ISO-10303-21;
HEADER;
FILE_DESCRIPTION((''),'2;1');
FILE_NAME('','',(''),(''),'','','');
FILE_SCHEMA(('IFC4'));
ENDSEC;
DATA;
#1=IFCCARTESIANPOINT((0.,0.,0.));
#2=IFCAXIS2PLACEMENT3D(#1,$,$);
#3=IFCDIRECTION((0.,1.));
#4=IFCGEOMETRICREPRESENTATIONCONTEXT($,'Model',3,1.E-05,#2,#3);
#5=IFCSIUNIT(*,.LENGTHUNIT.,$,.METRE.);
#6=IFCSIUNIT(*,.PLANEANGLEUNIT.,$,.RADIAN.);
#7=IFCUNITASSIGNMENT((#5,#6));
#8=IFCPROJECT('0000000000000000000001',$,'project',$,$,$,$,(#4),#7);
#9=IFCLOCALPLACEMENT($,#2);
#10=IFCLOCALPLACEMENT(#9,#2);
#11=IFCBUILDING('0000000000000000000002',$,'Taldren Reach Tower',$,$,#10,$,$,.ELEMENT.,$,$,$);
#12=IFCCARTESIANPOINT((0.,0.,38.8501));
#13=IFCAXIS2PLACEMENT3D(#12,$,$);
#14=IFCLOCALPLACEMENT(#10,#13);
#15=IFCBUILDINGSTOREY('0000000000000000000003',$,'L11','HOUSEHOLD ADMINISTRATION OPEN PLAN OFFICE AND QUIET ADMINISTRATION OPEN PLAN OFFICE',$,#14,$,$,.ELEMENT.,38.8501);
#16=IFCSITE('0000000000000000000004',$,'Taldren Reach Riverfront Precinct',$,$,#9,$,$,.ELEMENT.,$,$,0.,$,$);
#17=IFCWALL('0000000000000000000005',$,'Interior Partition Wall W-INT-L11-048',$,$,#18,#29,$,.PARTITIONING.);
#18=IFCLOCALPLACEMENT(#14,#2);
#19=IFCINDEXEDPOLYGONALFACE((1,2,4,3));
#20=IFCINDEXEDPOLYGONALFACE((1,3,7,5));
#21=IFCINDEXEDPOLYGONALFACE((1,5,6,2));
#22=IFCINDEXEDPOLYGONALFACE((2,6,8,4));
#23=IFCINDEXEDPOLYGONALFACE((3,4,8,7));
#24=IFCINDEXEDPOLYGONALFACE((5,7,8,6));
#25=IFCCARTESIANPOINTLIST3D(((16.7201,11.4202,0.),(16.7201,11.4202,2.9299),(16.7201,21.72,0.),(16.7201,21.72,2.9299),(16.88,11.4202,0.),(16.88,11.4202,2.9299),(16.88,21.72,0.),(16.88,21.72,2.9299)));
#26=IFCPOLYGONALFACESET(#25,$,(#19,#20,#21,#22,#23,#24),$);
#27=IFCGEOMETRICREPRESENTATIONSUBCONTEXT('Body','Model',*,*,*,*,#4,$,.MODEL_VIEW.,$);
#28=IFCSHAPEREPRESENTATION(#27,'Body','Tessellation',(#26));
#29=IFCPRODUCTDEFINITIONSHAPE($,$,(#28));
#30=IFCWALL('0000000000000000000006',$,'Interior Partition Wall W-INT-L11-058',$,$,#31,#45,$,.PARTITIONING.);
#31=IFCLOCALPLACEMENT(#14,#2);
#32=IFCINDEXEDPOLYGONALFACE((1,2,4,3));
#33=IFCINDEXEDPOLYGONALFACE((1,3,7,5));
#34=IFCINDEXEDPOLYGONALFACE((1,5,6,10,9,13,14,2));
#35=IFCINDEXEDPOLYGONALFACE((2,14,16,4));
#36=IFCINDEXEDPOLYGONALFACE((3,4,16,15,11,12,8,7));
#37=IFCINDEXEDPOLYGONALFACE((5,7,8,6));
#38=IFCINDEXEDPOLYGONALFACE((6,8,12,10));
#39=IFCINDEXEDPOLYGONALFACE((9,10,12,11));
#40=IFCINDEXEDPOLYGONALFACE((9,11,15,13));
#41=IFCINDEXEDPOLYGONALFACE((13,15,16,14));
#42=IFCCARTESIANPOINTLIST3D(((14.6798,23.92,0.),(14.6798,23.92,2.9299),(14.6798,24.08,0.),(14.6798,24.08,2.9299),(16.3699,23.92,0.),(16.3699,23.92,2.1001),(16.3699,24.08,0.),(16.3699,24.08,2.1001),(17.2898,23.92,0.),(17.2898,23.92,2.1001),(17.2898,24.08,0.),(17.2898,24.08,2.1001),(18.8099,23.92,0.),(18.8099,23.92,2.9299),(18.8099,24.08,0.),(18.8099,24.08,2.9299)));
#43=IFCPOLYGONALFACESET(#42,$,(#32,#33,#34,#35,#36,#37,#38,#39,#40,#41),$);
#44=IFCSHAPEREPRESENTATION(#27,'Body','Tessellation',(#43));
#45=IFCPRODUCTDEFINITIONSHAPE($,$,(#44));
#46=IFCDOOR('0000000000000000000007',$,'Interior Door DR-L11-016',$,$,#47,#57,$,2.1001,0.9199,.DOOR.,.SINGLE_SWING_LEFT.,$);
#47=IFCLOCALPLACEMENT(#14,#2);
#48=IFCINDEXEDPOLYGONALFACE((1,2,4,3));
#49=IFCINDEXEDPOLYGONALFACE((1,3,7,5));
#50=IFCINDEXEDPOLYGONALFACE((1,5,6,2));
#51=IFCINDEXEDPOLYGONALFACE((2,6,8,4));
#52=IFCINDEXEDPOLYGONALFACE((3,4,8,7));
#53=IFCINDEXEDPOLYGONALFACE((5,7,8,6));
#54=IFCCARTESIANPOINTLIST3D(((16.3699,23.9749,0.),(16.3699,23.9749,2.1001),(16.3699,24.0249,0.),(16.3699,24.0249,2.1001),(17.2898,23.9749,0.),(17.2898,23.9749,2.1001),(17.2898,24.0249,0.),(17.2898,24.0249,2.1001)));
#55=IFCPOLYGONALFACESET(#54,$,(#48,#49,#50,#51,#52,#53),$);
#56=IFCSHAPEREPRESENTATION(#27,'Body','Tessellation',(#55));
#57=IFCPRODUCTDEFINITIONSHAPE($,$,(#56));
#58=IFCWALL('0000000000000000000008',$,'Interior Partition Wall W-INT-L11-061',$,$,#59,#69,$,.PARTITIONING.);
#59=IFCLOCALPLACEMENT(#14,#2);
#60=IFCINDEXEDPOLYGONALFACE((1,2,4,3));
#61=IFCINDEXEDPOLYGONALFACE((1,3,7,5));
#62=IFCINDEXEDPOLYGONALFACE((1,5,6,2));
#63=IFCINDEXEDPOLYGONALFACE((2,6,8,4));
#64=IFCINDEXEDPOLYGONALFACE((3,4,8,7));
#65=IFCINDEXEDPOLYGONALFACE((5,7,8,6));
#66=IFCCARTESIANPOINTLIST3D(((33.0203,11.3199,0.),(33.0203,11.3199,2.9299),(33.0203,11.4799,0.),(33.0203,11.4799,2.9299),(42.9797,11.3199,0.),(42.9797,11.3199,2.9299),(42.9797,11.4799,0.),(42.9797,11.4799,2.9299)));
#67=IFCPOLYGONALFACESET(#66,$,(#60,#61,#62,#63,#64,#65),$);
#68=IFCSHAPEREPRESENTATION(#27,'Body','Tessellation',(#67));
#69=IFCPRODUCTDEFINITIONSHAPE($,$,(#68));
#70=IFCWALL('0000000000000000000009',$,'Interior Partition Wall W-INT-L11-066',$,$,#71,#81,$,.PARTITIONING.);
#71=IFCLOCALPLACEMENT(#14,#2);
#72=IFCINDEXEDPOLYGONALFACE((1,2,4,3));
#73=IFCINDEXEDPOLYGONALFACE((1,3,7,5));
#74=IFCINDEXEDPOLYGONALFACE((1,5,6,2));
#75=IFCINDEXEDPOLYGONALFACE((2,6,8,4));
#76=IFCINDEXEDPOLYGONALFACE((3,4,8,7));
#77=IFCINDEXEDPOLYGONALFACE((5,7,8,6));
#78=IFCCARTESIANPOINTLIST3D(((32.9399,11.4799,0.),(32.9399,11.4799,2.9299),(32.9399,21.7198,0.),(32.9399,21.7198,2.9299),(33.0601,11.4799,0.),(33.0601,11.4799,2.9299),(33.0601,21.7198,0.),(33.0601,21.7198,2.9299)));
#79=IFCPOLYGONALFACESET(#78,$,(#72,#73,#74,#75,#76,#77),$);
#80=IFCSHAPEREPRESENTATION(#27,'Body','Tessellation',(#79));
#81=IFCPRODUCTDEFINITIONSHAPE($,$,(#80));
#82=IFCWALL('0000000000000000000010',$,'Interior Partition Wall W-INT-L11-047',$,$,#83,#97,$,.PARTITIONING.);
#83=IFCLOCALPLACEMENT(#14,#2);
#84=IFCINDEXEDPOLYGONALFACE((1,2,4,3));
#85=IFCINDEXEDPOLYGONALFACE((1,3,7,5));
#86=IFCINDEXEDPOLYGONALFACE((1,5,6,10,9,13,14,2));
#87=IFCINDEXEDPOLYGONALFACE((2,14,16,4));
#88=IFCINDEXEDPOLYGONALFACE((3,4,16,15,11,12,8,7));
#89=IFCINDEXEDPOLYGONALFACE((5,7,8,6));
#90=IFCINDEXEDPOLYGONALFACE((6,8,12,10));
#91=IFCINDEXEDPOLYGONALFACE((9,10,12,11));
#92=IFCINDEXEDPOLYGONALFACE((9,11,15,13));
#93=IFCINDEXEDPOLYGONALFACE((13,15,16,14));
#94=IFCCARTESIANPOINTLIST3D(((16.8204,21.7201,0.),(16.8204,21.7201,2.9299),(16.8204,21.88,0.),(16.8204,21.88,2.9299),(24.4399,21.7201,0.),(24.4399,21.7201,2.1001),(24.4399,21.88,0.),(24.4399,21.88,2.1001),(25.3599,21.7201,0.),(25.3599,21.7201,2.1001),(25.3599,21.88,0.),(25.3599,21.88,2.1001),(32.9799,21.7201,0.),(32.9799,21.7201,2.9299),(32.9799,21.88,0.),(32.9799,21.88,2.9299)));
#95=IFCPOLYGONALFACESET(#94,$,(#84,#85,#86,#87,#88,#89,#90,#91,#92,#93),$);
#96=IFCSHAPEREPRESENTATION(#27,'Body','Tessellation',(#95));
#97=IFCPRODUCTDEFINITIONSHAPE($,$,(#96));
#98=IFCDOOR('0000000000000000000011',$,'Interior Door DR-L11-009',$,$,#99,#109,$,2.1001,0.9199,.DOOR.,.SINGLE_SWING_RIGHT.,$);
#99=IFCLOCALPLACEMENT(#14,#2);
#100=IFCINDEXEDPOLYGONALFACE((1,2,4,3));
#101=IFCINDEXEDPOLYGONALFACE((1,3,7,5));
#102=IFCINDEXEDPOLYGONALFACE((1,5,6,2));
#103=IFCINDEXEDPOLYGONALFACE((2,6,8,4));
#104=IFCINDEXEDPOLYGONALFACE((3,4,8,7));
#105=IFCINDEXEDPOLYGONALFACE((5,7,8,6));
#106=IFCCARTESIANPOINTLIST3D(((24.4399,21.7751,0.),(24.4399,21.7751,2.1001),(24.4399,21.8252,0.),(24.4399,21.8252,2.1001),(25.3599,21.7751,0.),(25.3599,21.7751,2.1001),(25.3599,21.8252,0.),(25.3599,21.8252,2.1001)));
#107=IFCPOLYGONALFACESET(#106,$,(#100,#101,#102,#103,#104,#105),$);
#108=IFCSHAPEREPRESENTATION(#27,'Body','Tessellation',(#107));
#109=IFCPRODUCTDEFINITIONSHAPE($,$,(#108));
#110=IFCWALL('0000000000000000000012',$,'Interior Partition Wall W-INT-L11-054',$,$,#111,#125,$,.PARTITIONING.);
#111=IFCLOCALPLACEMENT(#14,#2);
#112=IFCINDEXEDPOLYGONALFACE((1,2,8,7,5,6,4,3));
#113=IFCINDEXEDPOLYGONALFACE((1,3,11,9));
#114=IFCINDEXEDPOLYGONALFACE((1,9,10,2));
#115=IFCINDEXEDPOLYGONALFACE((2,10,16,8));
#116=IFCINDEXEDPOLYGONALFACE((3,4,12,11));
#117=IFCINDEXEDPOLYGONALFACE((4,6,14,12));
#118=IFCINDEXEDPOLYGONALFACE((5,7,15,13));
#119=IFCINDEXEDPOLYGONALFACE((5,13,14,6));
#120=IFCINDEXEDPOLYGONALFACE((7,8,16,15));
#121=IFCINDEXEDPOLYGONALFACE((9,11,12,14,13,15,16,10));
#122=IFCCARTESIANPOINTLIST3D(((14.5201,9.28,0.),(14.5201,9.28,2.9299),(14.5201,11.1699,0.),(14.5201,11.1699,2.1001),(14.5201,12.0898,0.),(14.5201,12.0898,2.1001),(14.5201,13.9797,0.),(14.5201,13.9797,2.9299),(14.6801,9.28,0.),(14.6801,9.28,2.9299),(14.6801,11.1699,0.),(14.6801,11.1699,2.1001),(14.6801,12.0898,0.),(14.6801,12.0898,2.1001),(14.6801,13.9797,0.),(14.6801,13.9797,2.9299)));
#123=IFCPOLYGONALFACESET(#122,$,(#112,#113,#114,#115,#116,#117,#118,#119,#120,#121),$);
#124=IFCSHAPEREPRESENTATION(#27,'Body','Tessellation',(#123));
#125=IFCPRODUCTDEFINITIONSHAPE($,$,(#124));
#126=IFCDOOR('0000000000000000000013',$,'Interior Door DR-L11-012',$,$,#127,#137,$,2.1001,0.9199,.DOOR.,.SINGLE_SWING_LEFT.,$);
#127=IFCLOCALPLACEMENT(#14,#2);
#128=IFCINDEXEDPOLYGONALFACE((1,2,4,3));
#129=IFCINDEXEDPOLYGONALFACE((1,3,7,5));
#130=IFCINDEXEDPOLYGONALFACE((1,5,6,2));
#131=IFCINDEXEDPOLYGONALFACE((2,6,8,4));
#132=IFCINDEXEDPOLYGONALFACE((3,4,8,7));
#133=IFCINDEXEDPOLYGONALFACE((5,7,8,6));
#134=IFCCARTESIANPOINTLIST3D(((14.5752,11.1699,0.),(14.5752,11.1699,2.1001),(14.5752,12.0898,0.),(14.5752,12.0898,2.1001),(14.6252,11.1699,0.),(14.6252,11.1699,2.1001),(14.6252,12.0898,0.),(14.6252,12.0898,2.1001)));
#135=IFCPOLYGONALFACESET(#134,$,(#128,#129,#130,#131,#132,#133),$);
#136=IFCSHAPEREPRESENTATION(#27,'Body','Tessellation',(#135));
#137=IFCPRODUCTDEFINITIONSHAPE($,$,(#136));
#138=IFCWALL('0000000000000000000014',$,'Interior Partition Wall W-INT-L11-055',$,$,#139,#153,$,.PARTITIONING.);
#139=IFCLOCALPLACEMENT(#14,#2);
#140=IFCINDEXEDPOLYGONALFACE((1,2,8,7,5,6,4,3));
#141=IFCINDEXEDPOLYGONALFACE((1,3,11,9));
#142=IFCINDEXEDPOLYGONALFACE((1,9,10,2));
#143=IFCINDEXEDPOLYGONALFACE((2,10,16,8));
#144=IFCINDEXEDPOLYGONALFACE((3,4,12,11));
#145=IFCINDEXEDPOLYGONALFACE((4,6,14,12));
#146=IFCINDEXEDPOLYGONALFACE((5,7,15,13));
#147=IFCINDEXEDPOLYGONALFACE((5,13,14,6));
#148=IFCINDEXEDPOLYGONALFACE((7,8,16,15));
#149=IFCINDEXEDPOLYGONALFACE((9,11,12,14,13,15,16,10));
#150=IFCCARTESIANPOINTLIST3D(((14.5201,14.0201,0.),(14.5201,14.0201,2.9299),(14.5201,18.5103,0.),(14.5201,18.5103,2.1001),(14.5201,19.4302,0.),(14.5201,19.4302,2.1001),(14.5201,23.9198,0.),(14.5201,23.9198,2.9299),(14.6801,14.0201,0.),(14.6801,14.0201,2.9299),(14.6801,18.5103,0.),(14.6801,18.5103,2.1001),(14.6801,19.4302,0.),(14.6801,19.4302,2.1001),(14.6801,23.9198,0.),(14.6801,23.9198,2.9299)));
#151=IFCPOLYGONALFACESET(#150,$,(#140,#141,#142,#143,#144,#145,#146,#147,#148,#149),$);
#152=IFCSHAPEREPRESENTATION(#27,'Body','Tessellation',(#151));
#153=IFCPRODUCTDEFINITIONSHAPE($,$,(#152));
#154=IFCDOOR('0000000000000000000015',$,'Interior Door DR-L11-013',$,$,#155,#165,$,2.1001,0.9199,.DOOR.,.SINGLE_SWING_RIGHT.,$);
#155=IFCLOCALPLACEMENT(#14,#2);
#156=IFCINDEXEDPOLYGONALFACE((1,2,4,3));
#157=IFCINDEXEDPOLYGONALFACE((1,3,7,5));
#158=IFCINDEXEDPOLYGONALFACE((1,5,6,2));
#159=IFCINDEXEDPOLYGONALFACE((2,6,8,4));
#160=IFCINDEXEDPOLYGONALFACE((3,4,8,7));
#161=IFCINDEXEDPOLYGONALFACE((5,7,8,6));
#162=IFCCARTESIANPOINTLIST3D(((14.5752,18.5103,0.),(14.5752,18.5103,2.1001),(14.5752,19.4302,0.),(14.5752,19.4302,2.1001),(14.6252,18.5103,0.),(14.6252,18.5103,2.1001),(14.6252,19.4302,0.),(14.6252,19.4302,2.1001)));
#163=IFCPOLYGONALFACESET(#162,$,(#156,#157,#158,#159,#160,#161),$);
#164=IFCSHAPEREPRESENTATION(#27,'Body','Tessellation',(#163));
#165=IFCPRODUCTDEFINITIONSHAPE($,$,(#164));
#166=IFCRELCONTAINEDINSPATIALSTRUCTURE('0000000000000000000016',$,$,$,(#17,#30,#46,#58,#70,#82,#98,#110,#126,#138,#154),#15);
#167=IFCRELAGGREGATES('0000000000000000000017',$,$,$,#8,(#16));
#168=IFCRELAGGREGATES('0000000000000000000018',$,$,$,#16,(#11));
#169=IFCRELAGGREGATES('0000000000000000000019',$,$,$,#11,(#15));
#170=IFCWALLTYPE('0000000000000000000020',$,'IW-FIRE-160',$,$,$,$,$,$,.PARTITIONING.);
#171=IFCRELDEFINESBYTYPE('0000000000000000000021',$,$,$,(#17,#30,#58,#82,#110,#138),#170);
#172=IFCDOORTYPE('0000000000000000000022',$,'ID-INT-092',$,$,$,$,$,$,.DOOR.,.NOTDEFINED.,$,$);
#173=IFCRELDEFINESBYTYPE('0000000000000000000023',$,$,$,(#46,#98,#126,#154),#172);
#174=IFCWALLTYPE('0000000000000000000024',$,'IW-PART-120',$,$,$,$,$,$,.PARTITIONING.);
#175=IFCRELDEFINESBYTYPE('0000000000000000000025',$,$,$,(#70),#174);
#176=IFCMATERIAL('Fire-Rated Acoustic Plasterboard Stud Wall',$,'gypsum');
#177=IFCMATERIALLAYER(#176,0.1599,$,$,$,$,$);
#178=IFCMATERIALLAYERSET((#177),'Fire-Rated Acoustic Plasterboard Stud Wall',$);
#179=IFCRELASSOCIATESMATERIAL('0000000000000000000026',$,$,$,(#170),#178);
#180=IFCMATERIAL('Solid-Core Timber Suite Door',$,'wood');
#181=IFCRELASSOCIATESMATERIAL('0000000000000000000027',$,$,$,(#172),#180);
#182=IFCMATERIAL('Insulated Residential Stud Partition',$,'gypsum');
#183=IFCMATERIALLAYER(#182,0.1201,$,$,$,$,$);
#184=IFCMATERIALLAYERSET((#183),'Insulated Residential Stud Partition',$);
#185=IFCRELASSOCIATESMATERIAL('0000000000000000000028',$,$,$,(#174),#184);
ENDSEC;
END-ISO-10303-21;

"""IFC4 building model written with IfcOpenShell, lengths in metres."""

from ifc_helpers import new_model, si_unit, direction, frame, frame_2d, origin, place, context, subcontext, project, spatial, rectangle, extrude, source, transform, mapped, material, layer, layer_set, type_object, element, fill, save


model = new_model("IFC4")

# Units and contexts
model_context = context("Model", 3, precision=1e-05, world=origin(), true_north=direction((0.0, 1.0)))
body_context = subcontext(model_context, "Body", "Model", "MODEL_VIEW")
ifc_project = project(units=[si_unit("LENGTHUNIT", "METRE"), si_unit("PLANEANGLEUNIT", "RADIAN")], contexts=[model_context])

# Site, building, storey
site_placement = place(None, origin())
site = spatial("IfcSite", under=ifc_project, at=site_placement, Name="Taldren Reach Riverfront Precinct", CompositionType="ELEMENT", RefElevation=0.0)
building_placement = place(site_placement, origin())
building = spatial("IfcBuilding", under=site, at=building_placement, Name="Taldren Reach Tower", CompositionType="ELEMENT")
storey_placement = place(building_placement, frame((0.0, 0.0, 38.8501)))
storey = spatial("IfcBuildingStorey", under=building, at=storey_placement, Name="L11", Description="HOUSEHOLD ADMINISTRATION OPEN PLAN OFFICE AND QUIET ADMINISTRATION OPEN PLAN OFFICE", CompositionType="ELEMENT", Elevation=38.8501)

# Wall
ifc_material_1 = material(Name="Fire-Rated Acoustic Plasterboard Stud Wall", Category="gypsum")
ifc_layer_1 = layer(ifc_material_1, 0.1599)
ifc_layer_set_1 = layer_set([ifc_layer_1], Name="Fire-Rated Acoustic Plasterboard Stud Wall")
wall_type_1 = type_object("IfcWallType", Name="IW-FIRE-160", PredefinedType="PARTITIONING", material=ifc_layer_set_1)
shared_shape_1 = source(origin(), body_context, "Body", "SweptSolid", [
    extrude(rectangle(XDim=10.2998, YDim=0.1599, at=frame_2d((5.1499, 0.0))), origin(), (0.0, 0.0, 1.0), 2.9299),
])
wall_1_placement = place(storey_placement, frame((16.8, 21.72, 0.0), z_axis=(0.0, 0.0, 1.0), x_axis=(0.0, -1.0, 0.0)))
element("IfcWall", 1, at=wall_1_placement, inside=storey, type_object=wall_type_1, Name="Interior Partition Wall W-INT-L11-048", PredefinedType="PARTITIONING", context=body_context, shape_type="MappedRepresentation", body=[
    mapped(shared_shape_1, transform((0.0, 0.0, 0.0), scale=1.0)),
])

# Wall, opening, door
shared_shape_2 = source(origin(), body_context, "Body", "SweptSolid", [
    extrude(rectangle(XDim=4.1301, YDim=0.1599, at=frame_2d((2.0649, 0.0))), origin(), (0.0, 0.0, 1.0), 2.9299),
])
wall_2_placement = place(storey_placement, frame((14.6799, 24.0, 0.0), z_axis=(0.0, 0.0, 1.0), x_axis=(1.0, 0.0, 0.0)))
wall_2 = element("IfcWall", 2, at=wall_2_placement, inside=storey, type_object=wall_type_1, Name="Interior Partition Wall W-INT-L11-058", PredefinedType="PARTITIONING", context=body_context, shape_type="MappedRepresentation", body=[
    mapped(shared_shape_2, transform((0.0, 0.0, 0.0), scale=1.0)),
])
shared_shape_3 = source(origin(), body_context, "Body", "SweptSolid", [
    extrude(rectangle(XDim=0.9199, YDim=2.1001, at=frame_2d((0.46, 1.05))), frame((0.0, 0.0898, 0.0), z_axis=(0.0, -1.0, 0.0), x_axis=(1.0, 0.0, 0.0)), (0.0, 0.0, 1.0), 0.1799),
])
opening_1_placement = place(wall_2_placement, frame((1.6899, 0.0, 0.0)))
opening_1 = element("IfcOpeningElement", 3, at=opening_1_placement, cuts=wall_2, PredefinedType="OPENING", context=body_context, shape_type="MappedRepresentation", body=[
    mapped(shared_shape_3, transform((0.0, 0.0, 0.0), scale=1.0)),
])
ifc_material_2 = material(Name="Solid-Core Timber Suite Door", Category="wood")
door_type = type_object("IfcDoorType", Name="ID-INT-092", OperationType="NOTDEFINED", PredefinedType="DOOR", material=ifc_material_2)
shared_shape_4 = source(origin(), body_context, "Body", "SweptSolid", [
    extrude(rectangle(XDim=0.9199, YDim=2.1001, at=frame_2d((0.46, 1.05))), frame((0.0, 0.0249, 0.0), z_axis=(0.0, -1.0, 0.0), x_axis=(1.0, 0.0, 0.0)), (0.0, 0.0, 1.0), 0.05),
])
door_1_placement = place(opening_1_placement, origin())
door_1 = element("IfcDoor", 4, at=door_1_placement, inside=storey, type_object=door_type, Name="Interior Door DR-L11-016", OperationType="SINGLE_SWING_LEFT", OverallHeight=2.1001, OverallWidth=0.9199, PredefinedType="DOOR", context=body_context, shape_type="MappedRepresentation", body=[
    mapped(shared_shape_4, transform((0.0, 0.0, 0.0), scale=1.0)),
])
fill(opening_1, door_1)

# Walls
shared_shape_5 = source(origin(), body_context, "Body", "SweptSolid", [
    extrude(rectangle(XDim=9.9595, YDim=0.1599, at=frame_2d((4.9797, 0.0))), origin(), (0.0, 0.0, 1.0), 2.9299),
])
wall_3_placement = place(storey_placement, frame((33.0203, 11.3999, 0.0), z_axis=(0.0, 0.0, 1.0), x_axis=(1.0, 0.0, 0.0)))
element("IfcWall", 5, at=wall_3_placement, inside=storey, type_object=wall_type_1, Name="Interior Partition Wall W-INT-L11-061", PredefinedType="PARTITIONING", context=body_context, shape_type="MappedRepresentation", body=[
    mapped(shared_shape_5, transform((0.0, 0.0, 0.0), scale=1.0)),
])
ifc_material_3 = material(Name="Insulated Residential Stud Partition", Category="gypsum")
ifc_layer_2 = layer(ifc_material_3, 0.1201)
ifc_layer_set_2 = layer_set([ifc_layer_2], Name="Insulated Residential Stud Partition")
wall_type_2 = type_object("IfcWallType", Name="IW-PART-120", PredefinedType="PARTITIONING", material=ifc_layer_set_2)
shared_shape_6 = source(origin(), body_context, "Body", "SweptSolid", [
    extrude(rectangle(XDim=10.24, YDim=0.1201, at=frame_2d((5.1201, 0.0))), origin(), (0.0, 0.0, 1.0), 2.9299),
])
wall_4_placement = place(storey_placement, frame((33.0, 21.72, 0.0), z_axis=(0.0, 0.0, 1.0), x_axis=(0.0, -1.0, 0.0)))
element("IfcWall", 6, at=wall_4_placement, inside=storey, type_object=wall_type_2, Name="Interior Partition Wall W-INT-L11-066", PredefinedType="PARTITIONING", context=body_context, shape_type="MappedRepresentation", body=[
    mapped(shared_shape_6, transform((0.0, 0.0, 0.0), scale=1.0)),
])

# Walls, openings, doors
shared_shape_7 = source(origin(), body_context, "Body", "SweptSolid", [
    extrude(rectangle(XDim=16.1594, YDim=0.1599, at=frame_2d((8.0796, 0.0))), origin(), (0.0, 0.0, 1.0), 2.9299),
])
wall_5_placement = place(storey_placement, frame((32.9797, 21.8, 0.0), z_axis=(0.0, 0.0, 1.0), x_axis=(-1.0, 0.0, 0.0)))
wall_5 = element("IfcWall", 7, at=wall_5_placement, inside=storey, type_object=wall_type_1, Name="Interior Partition Wall W-INT-L11-047", PredefinedType="PARTITIONING", context=body_context, shape_type="MappedRepresentation", body=[
    mapped(shared_shape_7, transform((0.0, 0.0, 0.0), scale=1.0)),
])
opening_2_placement = place(wall_5_placement, frame((7.6199, 0.0, 0.0)))
opening_2 = element("IfcOpeningElement", 8, at=opening_2_placement, cuts=wall_5, PredefinedType="OPENING", context=body_context, shape_type="MappedRepresentation", body=[
    mapped(shared_shape_3, transform((0.0, 0.0, 0.0), scale=1.0)),
])
door_2_placement = place(opening_2_placement, origin())
door_2 = element("IfcDoor", 9, at=door_2_placement, inside=storey, type_object=door_type, Name="Interior Door DR-L11-009", OperationType="SINGLE_SWING_RIGHT", OverallHeight=2.1001, OverallWidth=0.9199, PredefinedType="DOOR", context=body_context, shape_type="MappedRepresentation", body=[
    mapped(shared_shape_4, transform((0.0, 0.0, 0.0), scale=1.0)),
])
fill(opening_2, door_2)
shared_shape_8 = source(origin(), body_context, "Body", "SweptSolid", [
    extrude(rectangle(XDim=4.6997, YDim=0.1599, at=frame_2d((2.3499, 0.0))), origin(), (0.0, 0.0, 1.0), 2.9299),
])
wall_6_placement = place(storey_placement, frame((14.6001, 9.28, 0.0), z_axis=(0.0, 0.0, 1.0), x_axis=(0.0, 1.0, 0.0)))
wall_6 = element("IfcWall", 10, at=wall_6_placement, inside=storey, type_object=wall_type_1, Name="Interior Partition Wall W-INT-L11-054", PredefinedType="PARTITIONING", context=body_context, shape_type="MappedRepresentation", body=[
    mapped(shared_shape_8, transform((0.0, 0.0, 0.0), scale=1.0)),
])
opening_3_placement = place(wall_6_placement, frame((1.8899, 0.0, 0.0)))
opening_3 = element("IfcOpeningElement", 11, at=opening_3_placement, cuts=wall_6, PredefinedType="OPENING", context=body_context, shape_type="MappedRepresentation", body=[
    mapped(shared_shape_3, transform((0.0, 0.0, 0.0), scale=1.0)),
])
door_3_placement = place(opening_3_placement, origin())
door_3 = element("IfcDoor", 12, at=door_3_placement, inside=storey, type_object=door_type, Name="Interior Door DR-L11-012", OperationType="SINGLE_SWING_LEFT", OverallHeight=2.1001, OverallWidth=0.9199, PredefinedType="DOOR", context=body_context, shape_type="MappedRepresentation", body=[
    mapped(shared_shape_4, transform((0.0, 0.0, 0.0), scale=1.0)),
])
fill(opening_3, door_3)
shared_shape_9 = source(origin(), body_context, "Body", "SweptSolid", [
    extrude(rectangle(XDim=9.8997, YDim=0.1599, at=frame_2d((4.9497, 0.0))), origin(), (0.0, 0.0, 1.0), 2.9299),
])
wall_7_placement = place(storey_placement, frame((14.6001, 14.0203, 0.0), z_axis=(0.0, 0.0, 1.0), x_axis=(0.0, 1.0, 0.0)))
wall_7 = element("IfcWall", 13, at=wall_7_placement, inside=storey, type_object=wall_type_1, Name="Interior Partition Wall W-INT-L11-055", PredefinedType="PARTITIONING", context=body_context, shape_type="MappedRepresentation", body=[
    mapped(shared_shape_9, transform((0.0, 0.0, 0.0), scale=1.0)),
])
opening_4_placement = place(wall_7_placement, frame((4.49, 0.0, 0.0)))
opening_4 = element("IfcOpeningElement", 14, at=opening_4_placement, cuts=wall_7, PredefinedType="OPENING", context=body_context, shape_type="MappedRepresentation", body=[
    mapped(shared_shape_3, transform((0.0, 0.0, 0.0), scale=1.0)),
])
door_4_placement = place(opening_4_placement, origin())
door_4 = element("IfcDoor", 15, at=door_4_placement, inside=storey, type_object=door_type, Name="Interior Door DR-L11-013", OperationType="SINGLE_SWING_RIGHT", OverallHeight=2.1001, OverallWidth=0.9199, PredefinedType="DOOR", context=body_context, shape_type="MappedRepresentation", body=[
    mapped(shared_shape_4, transform((0.0, 0.0, 0.0), scale=1.0)),
])
fill(opening_4, door_4)

save(model, "model.ifc")
